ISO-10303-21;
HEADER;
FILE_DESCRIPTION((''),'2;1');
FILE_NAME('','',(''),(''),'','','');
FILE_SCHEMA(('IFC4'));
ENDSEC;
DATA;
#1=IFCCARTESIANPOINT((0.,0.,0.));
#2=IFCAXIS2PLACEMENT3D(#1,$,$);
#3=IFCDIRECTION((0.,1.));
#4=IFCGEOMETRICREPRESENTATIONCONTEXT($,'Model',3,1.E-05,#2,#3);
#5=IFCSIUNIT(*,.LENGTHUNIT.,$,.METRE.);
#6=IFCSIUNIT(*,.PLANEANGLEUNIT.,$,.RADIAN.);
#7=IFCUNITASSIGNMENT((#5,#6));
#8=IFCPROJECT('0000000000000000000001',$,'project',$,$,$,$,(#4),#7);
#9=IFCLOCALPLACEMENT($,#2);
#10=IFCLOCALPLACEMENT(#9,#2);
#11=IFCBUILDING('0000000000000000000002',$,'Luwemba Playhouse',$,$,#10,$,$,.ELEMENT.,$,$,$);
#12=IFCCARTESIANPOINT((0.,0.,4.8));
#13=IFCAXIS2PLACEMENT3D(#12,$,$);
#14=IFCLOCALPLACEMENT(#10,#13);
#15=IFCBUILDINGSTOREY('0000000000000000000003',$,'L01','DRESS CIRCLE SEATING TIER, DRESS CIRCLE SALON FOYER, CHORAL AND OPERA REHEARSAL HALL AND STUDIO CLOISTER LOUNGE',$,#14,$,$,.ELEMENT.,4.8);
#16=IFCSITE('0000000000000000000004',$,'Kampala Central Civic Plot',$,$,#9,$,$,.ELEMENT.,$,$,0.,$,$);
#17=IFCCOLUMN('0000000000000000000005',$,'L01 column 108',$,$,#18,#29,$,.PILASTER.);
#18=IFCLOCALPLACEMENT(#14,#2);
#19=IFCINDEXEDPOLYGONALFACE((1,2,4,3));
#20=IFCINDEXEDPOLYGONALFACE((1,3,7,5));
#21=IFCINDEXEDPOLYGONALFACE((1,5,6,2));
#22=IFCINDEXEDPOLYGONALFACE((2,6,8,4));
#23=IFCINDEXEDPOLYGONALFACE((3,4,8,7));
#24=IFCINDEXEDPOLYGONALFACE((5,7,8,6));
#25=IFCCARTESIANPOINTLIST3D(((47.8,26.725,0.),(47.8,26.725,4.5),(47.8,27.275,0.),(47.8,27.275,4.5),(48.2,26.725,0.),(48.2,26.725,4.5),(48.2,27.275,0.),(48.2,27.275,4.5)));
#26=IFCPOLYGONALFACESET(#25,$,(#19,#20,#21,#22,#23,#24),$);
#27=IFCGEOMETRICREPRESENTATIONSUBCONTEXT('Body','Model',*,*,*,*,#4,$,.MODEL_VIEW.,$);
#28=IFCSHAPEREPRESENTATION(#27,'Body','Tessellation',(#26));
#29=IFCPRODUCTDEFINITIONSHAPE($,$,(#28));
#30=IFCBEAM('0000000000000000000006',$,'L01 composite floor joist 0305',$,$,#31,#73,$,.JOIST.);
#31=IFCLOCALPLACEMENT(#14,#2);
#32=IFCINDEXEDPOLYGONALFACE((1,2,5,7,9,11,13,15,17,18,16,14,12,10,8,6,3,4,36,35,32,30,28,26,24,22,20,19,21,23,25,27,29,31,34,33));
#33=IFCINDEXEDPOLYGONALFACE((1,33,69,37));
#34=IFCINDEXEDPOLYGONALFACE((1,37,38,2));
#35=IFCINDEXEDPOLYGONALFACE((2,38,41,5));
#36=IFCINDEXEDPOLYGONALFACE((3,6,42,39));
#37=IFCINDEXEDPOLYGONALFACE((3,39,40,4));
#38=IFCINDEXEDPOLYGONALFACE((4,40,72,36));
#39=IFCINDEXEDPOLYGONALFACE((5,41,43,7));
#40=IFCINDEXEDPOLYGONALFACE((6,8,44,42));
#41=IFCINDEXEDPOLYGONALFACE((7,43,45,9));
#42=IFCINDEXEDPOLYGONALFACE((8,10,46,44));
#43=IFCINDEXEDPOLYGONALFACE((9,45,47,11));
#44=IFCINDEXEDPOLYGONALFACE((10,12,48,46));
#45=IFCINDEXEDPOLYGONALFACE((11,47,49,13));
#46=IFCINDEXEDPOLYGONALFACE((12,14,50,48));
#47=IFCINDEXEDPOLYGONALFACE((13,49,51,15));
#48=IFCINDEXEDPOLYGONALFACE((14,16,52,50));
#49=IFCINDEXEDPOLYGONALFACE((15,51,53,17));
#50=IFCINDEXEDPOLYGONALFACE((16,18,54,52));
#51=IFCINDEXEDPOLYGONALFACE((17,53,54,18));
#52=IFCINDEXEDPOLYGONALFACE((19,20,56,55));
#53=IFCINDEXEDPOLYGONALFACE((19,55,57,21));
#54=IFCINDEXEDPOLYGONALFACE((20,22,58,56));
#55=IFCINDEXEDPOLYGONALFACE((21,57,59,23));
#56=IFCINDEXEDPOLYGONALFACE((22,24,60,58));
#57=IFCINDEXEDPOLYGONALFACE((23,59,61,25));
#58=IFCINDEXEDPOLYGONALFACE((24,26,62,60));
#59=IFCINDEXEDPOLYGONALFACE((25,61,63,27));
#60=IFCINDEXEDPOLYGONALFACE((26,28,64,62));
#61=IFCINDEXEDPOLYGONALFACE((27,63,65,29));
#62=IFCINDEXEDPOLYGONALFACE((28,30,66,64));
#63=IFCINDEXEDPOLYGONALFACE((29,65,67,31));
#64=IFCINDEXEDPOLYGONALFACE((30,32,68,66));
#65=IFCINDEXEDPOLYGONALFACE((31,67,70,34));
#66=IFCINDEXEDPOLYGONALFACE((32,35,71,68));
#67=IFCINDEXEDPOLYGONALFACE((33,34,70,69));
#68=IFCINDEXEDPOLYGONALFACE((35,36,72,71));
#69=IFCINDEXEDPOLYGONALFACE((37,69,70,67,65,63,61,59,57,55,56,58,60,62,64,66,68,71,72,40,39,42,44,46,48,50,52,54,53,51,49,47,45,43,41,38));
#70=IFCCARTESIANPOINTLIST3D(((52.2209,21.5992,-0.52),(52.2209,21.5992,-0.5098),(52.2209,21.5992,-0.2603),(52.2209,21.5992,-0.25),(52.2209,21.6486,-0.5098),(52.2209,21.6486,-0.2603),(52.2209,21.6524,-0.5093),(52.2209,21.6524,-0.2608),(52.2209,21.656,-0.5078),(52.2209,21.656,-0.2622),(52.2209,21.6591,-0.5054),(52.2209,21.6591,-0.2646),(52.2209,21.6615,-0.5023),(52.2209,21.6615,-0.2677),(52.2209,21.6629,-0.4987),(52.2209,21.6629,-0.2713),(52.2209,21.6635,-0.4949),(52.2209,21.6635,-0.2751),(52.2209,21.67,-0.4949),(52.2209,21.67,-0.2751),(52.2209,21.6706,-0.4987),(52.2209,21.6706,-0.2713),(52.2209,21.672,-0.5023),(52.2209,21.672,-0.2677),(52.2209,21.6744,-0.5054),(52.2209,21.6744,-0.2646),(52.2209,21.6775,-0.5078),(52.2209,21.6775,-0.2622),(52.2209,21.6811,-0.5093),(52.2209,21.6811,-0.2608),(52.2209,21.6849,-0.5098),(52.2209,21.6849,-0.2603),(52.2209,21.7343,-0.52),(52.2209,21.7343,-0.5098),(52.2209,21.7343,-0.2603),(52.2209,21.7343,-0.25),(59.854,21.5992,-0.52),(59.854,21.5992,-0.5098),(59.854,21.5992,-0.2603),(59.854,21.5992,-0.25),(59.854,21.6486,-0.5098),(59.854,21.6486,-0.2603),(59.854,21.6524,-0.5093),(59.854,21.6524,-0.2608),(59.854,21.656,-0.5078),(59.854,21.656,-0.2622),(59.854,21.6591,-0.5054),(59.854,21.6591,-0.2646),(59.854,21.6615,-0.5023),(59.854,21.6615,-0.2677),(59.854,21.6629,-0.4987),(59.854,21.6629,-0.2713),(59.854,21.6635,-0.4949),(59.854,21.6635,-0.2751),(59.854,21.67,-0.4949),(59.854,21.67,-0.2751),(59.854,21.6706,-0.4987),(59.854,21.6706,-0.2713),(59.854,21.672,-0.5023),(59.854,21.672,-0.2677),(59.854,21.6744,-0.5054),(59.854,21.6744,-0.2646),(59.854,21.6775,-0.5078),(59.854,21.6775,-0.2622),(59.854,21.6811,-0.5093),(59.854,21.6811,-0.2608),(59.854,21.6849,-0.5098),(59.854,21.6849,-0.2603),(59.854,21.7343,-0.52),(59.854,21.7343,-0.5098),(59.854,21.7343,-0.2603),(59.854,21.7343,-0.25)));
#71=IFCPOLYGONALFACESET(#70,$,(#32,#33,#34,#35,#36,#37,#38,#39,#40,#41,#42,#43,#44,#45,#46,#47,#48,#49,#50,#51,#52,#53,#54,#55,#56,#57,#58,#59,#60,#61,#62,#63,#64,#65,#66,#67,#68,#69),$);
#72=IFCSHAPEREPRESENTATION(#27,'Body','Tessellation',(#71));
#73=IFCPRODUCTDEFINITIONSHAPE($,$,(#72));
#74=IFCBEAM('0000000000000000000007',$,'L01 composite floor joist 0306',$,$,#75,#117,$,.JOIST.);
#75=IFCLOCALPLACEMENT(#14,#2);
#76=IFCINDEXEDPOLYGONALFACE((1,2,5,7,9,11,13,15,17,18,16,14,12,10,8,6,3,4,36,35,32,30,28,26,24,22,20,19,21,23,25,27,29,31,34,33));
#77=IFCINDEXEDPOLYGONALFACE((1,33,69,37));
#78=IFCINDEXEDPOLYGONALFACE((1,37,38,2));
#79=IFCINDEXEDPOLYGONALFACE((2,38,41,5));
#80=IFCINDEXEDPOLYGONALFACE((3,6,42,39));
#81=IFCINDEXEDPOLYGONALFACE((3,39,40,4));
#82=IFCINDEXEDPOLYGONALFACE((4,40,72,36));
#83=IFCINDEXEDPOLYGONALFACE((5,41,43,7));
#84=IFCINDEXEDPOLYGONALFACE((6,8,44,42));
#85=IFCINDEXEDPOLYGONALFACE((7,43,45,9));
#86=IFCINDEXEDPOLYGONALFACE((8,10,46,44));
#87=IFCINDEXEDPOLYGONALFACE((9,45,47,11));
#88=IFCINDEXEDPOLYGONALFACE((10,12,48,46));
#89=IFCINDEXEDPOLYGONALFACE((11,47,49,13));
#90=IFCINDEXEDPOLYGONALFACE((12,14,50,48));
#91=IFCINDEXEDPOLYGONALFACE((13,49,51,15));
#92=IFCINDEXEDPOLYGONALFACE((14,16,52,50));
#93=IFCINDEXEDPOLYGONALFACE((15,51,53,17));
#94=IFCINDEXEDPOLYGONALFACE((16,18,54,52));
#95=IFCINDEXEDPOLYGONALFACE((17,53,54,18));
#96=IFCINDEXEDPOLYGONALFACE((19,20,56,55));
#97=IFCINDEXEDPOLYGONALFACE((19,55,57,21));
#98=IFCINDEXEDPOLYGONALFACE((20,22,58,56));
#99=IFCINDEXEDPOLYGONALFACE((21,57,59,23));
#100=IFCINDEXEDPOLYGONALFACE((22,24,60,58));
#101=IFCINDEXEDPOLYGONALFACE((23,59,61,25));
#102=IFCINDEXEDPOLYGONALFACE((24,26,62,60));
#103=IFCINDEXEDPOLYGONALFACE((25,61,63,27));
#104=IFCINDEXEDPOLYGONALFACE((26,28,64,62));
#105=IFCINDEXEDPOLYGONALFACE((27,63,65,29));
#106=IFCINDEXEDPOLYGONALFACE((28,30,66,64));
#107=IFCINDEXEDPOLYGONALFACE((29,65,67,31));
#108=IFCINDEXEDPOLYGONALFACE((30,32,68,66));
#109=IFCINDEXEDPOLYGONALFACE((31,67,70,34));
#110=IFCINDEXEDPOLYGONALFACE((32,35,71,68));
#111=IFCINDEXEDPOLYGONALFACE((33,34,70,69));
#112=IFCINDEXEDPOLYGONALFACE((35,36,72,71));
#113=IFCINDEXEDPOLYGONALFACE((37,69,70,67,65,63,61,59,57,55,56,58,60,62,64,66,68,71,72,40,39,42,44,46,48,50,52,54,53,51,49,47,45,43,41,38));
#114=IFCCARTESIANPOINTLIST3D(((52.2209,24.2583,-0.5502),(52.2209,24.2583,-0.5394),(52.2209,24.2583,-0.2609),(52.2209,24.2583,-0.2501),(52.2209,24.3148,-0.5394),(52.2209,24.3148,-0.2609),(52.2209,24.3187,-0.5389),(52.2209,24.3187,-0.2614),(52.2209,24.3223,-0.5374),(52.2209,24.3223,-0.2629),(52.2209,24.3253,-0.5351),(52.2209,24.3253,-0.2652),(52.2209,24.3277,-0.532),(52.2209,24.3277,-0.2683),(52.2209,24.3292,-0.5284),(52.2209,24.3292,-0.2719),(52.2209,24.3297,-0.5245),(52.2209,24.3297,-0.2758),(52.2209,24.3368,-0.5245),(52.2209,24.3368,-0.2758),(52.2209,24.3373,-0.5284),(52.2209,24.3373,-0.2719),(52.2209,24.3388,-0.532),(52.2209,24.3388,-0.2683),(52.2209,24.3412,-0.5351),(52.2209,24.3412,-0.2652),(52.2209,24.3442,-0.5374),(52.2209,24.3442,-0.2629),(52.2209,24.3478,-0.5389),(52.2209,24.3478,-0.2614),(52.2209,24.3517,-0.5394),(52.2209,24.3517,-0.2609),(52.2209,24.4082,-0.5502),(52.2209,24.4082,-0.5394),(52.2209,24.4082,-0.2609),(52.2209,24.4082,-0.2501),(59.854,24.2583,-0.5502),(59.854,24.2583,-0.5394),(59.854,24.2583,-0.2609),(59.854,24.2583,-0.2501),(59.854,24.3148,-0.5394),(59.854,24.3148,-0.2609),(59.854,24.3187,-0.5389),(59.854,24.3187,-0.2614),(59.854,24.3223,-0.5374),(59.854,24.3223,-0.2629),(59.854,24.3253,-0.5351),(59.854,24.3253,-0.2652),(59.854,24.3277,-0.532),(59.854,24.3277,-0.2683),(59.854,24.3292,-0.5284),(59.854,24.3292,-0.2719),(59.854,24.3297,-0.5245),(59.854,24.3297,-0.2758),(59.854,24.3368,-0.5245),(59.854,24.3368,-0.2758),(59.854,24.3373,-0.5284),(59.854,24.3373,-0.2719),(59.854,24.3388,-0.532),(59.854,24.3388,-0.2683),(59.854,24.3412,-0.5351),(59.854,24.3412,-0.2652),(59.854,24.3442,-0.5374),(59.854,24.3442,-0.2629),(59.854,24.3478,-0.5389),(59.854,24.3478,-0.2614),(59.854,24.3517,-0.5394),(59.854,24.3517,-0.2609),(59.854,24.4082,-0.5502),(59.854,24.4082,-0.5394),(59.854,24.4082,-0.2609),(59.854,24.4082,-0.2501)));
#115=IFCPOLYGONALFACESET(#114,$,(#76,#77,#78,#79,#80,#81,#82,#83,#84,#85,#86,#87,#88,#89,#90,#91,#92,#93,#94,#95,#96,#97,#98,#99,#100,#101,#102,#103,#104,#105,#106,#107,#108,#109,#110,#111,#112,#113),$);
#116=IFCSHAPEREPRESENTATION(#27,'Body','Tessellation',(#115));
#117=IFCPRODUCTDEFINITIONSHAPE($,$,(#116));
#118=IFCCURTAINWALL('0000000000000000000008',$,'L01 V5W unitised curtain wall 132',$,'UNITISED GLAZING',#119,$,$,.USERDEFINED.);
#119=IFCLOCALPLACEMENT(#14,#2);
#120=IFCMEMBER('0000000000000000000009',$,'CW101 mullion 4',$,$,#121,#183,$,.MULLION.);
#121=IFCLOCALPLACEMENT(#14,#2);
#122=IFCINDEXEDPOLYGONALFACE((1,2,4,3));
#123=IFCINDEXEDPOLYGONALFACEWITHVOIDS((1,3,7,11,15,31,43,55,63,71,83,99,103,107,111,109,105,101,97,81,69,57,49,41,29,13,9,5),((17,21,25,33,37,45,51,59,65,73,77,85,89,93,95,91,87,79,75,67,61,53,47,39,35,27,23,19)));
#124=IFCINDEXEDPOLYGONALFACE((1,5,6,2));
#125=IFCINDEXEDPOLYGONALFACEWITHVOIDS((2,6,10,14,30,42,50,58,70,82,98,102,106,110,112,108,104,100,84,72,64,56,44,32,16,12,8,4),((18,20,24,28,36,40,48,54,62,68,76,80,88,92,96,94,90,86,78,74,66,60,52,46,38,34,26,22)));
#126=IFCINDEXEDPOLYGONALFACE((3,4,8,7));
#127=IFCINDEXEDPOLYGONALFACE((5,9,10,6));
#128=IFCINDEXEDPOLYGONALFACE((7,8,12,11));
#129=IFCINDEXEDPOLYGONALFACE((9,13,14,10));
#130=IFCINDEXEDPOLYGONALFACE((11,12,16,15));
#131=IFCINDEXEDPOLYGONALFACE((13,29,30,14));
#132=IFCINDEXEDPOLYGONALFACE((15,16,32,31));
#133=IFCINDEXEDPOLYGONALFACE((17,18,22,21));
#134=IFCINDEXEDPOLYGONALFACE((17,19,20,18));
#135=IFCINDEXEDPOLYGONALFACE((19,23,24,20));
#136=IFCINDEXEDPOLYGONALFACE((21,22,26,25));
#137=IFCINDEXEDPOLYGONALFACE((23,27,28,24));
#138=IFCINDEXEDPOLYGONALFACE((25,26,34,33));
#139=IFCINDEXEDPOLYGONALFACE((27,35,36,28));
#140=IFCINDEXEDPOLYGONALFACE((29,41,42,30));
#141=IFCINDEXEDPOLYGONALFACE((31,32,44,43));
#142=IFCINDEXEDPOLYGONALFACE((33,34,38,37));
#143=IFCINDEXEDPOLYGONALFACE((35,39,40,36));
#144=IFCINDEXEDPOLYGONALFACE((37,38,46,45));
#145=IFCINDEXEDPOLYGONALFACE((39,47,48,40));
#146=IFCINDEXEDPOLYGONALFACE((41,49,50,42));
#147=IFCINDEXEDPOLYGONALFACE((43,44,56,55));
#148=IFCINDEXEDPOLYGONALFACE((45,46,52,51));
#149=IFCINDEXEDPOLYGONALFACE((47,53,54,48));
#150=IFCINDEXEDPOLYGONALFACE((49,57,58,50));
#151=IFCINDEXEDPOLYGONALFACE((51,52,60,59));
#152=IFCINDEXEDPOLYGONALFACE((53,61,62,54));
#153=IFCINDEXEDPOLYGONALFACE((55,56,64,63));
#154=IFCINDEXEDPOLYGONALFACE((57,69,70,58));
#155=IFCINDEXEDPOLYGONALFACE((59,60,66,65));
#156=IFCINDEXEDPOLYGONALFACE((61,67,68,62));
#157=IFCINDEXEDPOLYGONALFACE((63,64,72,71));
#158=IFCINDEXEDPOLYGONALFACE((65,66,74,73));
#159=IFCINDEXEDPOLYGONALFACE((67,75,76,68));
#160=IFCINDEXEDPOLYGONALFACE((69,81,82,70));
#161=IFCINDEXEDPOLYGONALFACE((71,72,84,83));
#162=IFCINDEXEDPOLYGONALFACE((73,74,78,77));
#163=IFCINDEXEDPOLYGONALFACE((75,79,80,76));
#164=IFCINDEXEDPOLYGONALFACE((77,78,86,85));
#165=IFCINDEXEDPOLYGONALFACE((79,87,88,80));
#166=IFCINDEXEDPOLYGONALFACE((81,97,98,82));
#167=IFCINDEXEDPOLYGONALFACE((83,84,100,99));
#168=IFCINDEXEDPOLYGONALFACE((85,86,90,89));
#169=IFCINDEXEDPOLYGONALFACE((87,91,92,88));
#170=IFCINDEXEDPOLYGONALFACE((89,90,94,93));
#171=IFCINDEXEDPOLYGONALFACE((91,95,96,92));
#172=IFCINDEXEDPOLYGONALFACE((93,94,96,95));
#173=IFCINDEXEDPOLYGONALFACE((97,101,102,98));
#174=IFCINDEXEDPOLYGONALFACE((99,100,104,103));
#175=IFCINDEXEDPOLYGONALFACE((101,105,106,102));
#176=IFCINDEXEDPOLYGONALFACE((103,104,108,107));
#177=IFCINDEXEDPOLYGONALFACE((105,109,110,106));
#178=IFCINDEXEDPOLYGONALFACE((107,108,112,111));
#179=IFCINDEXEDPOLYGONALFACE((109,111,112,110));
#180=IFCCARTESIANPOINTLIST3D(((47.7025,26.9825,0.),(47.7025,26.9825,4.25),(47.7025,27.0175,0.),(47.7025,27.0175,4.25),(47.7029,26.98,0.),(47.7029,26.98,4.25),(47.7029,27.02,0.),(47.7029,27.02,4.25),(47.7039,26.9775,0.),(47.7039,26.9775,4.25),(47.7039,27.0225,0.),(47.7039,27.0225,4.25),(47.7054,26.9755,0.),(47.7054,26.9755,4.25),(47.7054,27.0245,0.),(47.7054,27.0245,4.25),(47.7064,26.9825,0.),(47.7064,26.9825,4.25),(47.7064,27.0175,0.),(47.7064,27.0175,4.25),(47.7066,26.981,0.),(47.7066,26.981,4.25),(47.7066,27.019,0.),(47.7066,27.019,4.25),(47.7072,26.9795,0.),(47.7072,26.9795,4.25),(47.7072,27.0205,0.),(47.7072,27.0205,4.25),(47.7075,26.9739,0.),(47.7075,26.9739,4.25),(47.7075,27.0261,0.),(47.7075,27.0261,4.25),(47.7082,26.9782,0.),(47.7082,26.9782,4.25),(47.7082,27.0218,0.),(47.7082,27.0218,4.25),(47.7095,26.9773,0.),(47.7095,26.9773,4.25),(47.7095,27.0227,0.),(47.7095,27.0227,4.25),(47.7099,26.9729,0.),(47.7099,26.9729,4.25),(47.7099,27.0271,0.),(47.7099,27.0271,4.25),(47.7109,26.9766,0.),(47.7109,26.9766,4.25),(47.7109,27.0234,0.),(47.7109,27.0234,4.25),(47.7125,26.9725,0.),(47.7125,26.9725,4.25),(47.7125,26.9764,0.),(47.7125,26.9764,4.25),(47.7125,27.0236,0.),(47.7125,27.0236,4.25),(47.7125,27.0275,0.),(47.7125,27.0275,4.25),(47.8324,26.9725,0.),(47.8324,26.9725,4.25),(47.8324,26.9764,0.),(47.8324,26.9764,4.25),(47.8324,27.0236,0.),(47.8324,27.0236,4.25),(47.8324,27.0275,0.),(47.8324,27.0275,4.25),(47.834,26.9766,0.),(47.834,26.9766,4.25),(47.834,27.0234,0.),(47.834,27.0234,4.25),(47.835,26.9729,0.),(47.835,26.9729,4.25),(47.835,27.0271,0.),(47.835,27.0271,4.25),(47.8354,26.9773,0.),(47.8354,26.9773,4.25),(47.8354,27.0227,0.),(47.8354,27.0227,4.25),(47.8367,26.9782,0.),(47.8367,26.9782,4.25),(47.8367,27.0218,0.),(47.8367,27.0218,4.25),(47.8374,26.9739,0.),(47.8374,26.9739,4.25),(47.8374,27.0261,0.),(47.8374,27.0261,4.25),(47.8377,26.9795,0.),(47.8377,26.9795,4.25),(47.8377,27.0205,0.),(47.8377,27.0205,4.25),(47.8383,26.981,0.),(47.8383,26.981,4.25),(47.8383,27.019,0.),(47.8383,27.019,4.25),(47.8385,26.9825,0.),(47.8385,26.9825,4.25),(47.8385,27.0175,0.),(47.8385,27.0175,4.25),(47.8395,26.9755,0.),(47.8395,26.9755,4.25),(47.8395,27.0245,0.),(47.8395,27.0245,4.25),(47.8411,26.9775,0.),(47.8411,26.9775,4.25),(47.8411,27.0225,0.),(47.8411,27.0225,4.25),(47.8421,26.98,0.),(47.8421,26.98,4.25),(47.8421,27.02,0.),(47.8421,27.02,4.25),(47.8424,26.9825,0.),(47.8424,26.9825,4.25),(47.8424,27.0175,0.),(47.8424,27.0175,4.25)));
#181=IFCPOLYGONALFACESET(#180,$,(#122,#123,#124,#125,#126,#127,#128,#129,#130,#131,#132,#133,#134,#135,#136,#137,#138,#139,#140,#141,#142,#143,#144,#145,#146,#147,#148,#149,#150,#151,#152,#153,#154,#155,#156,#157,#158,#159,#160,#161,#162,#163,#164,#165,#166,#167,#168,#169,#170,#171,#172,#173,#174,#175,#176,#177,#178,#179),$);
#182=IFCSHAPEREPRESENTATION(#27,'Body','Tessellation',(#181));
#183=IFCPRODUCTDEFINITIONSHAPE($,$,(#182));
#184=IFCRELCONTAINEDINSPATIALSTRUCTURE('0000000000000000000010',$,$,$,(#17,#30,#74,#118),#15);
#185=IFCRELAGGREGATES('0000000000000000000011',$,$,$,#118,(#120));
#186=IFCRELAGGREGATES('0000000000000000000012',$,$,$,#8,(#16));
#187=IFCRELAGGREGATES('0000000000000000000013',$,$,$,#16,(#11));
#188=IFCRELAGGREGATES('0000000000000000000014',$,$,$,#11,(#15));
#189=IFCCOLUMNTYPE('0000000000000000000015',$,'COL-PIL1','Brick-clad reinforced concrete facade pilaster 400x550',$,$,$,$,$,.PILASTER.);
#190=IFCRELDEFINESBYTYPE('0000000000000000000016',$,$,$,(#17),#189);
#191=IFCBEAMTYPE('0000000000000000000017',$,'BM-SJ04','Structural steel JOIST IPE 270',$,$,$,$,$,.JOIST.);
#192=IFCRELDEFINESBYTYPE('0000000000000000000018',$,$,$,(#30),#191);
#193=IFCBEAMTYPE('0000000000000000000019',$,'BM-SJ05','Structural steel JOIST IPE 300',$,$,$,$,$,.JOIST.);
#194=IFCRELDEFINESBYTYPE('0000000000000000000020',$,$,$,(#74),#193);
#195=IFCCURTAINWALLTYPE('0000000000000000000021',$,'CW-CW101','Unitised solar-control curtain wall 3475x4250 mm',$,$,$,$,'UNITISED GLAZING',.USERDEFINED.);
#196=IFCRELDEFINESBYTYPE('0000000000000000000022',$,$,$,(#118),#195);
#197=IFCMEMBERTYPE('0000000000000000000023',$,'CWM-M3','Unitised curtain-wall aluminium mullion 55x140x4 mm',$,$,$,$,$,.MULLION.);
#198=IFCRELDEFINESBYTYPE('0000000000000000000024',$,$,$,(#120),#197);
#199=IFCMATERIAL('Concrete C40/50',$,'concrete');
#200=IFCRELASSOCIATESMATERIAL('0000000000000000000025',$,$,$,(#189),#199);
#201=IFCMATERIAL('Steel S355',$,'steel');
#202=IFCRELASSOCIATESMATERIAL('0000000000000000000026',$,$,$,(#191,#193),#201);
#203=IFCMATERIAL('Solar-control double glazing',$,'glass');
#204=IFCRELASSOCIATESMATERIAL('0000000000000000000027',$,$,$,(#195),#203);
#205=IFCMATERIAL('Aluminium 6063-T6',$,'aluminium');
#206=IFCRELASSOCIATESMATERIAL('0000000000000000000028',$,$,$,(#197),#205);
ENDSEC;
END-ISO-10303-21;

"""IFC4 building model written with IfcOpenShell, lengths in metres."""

from ifc_helpers import new_model, si_unit, direction, frame, origin, origin_2d, place, context, subcontext, project, spatial, rectangle, hollow_rectangle, i_section, extrude, material, material_profile, profile_set, type_object, element, aggregate, save


model = new_model("IFC4")

# Units and contexts
model_context = context("Model", 3, precision=1e-05, world=origin(), true_north=direction((0.0, 1.0)))
body_context = subcontext(model_context, "Body", "Model", "MODEL_VIEW")
ifc_project = project(units=[si_unit("LENGTHUNIT", "METRE"), si_unit("PLANEANGLEUNIT", "RADIAN")], contexts=[model_context])

# Site, building, storey
site_placement = place(None, origin())
site = spatial("IfcSite", under=ifc_project, at=site_placement, Name="Kampala Central Civic Plot", CompositionType="ELEMENT", RefElevation=0.0)
building_placement = place(site_placement, origin())
building = spatial("IfcBuilding", under=site, at=building_placement, Name="Luwemba Playhouse", CompositionType="ELEMENT")
storey_placement = place(building_placement, frame((0.0, 0.0, 4.8)))
storey = spatial("IfcBuildingStorey", under=building, at=storey_placement, Name="L01", Description="DRESS CIRCLE SEATING TIER, DRESS CIRCLE SALON FOYER, CHORAL AND OPERA REHEARSAL HALL AND STUDIO CLOISTER LOUNGE", CompositionType="ELEMENT", Elevation=4.8)

# Column
ifc_material_1 = material(Name="Concrete C40/50", Category="concrete")
ifc_material_profile_1 = material_profile(ifc_material_1, rectangle(XDim=0.3999, YDim=0.55, at=origin_2d()))
ifc_profile_set_1 = profile_set([ifc_material_profile_1], Name="Concrete C40/50")
column_type = type_object("IfcColumnType", Name="COL-PIL1", Description="Brick-clad reinforced concrete facade pilaster 400x550", PredefinedType="PILASTER", material=ifc_profile_set_1)
column_placement = place(storey_placement, frame((48.0, 27.0, 0.0), z_axis=(0.0, 0.0, 1.0), x_axis=(1.0, 0.0, 0.0)))
element("IfcColumn", 1, at=column_placement, inside=storey, type_object=column_type, Name="L01 column 108", PredefinedType="PILASTER", context=body_context, shape_type="SweptSolid", body=[
    extrude(rectangle(XDim=0.3999, YDim=0.55, at=origin_2d()), origin(), (0.0, 0.0, 1.0), 4.5),
])

# Beams
ifc_material_2 = material(Name="Steel S355", Category="steel")
ifc_material_profile_2 = material_profile(ifc_material_2, i_section(OverallWidth=0.135, OverallDepth=0.27, WebThickness=0.0066, FlangeThickness=0.0103, FilletRadius=0.0149, at=origin_2d()))
ifc_profile_set_2 = profile_set([ifc_material_profile_2], Name="Steel S355")
beam_type_1 = type_object("IfcBeamType", Name="BM-SJ04", Description="Structural steel JOIST IPE 270", PredefinedType="JOIST", material=ifc_profile_set_2)
beam_1_placement = place(storey_placement, frame((52.2209, 21.6667, -0.385), z_axis=(1.0, 0.0, 0.0), x_axis=(0.0, 1.0, 0.0)))
element("IfcBeam", 2, at=beam_1_placement, inside=storey, type_object=beam_type_1, Name="L01 composite floor joist 0305", PredefinedType="JOIST", context=body_context, shape_type="SweptSolid", body=[
    extrude(i_section(OverallWidth=0.135, OverallDepth=0.27, WebThickness=0.0066, FlangeThickness=0.0103, FilletRadius=0.0149, at=origin_2d()), origin(), (0.0, 0.0, 1.0), 7.6331),
])
ifc_material_profile_3 = material_profile(ifc_material_2, i_section(OverallWidth=0.1499, OverallDepth=0.3, WebThickness=0.0071, FlangeThickness=0.0107, FilletRadius=0.0149, at=origin_2d()))
ifc_profile_set_3 = profile_set([ifc_material_profile_3], Name="Steel S355")
beam_type_2 = type_object("IfcBeamType", Name="BM-SJ05", Description="Structural steel JOIST IPE 300", PredefinedType="JOIST", material=ifc_profile_set_3)
beam_2_placement = place(storey_placement, frame((52.2209, 24.3333, -0.4001), z_axis=(1.0, 0.0, 0.0), x_axis=(0.0, 1.0, 0.0)))
element("IfcBeam", 3, at=beam_2_placement, inside=storey, type_object=beam_type_2, Name="L01 composite floor joist 0306", PredefinedType="JOIST", context=body_context, shape_type="SweptSolid", body=[
    extrude(i_section(OverallWidth=0.1499, OverallDepth=0.3, WebThickness=0.0071, FlangeThickness=0.0107, FilletRadius=0.0149, at=origin_2d()), origin(), (0.0, 0.0, 1.0), 7.6331),
])

# Curtain wall, member
ifc_material_3 = material(Name="Solar-control double glazing", Category="glass")
curtain_wall_type_1 = type_object("IfcCurtainWallType", Name="CW-CW101", Description="Unitised solar-control curtain wall 3475x4250 mm", ElementType="UNITISED GLAZING", PredefinedType="USERDEFINED", material=ifc_material_3)
curtain_wall_1_placement = place(storey_placement, origin())
curtain_wall_1 = element("IfcCurtainWall", 4, at=curtain_wall_1_placement, inside=storey, type_object=curtain_wall_type_1, Name="L01 V5W unitised curtain wall 132", ObjectType="UNITISED GLAZING", PredefinedType="USERDEFINED")
ifc_material_4 = material(Name="Aluminium 6063-T6", Category="aluminium")
ifc_material_profile_4 = material_profile(ifc_material_4, hollow_rectangle(XDim=0.0549, YDim=0.1399, WallThickness=0.0039, InnerFilletRadius=0.0061, OuterFilletRadius=0.01, at=origin_2d()))
ifc_profile_set_4 = profile_set([ifc_material_profile_4], Name="Aluminium 6063-T6")
member_type_1 = type_object("IfcMemberType", Name="CWM-M3", Description="Unitised curtain-wall aluminium mullion 55x140x4 mm", PredefinedType="MULLION", material=ifc_profile_set_4)
member_1_placement = place(storey_placement, frame((47.7725, 27.0, 0.0), z_axis=(0.0, 0.0, 1.0), x_axis=(0.0, 1.0, 0.0)))
member_1 = element("IfcMember", 5, at=member_1_placement, type_object=member_type_1, Name="CW101 mullion 4", PredefinedType="MULLION", context=body_context, shape_type="SweptSolid", body=[
    extrude(hollow_rectangle(XDim=0.0549, YDim=0.1399, WallThickness=0.0039, InnerFilletRadius=0.0061, OuterFilletRadius=0.01, at=origin_2d()), origin(), (0.0, 0.0, 1.0), 4.25),
])

aggregate(curtain_wall_1, [member_1])

save(model, "model.ifc")
